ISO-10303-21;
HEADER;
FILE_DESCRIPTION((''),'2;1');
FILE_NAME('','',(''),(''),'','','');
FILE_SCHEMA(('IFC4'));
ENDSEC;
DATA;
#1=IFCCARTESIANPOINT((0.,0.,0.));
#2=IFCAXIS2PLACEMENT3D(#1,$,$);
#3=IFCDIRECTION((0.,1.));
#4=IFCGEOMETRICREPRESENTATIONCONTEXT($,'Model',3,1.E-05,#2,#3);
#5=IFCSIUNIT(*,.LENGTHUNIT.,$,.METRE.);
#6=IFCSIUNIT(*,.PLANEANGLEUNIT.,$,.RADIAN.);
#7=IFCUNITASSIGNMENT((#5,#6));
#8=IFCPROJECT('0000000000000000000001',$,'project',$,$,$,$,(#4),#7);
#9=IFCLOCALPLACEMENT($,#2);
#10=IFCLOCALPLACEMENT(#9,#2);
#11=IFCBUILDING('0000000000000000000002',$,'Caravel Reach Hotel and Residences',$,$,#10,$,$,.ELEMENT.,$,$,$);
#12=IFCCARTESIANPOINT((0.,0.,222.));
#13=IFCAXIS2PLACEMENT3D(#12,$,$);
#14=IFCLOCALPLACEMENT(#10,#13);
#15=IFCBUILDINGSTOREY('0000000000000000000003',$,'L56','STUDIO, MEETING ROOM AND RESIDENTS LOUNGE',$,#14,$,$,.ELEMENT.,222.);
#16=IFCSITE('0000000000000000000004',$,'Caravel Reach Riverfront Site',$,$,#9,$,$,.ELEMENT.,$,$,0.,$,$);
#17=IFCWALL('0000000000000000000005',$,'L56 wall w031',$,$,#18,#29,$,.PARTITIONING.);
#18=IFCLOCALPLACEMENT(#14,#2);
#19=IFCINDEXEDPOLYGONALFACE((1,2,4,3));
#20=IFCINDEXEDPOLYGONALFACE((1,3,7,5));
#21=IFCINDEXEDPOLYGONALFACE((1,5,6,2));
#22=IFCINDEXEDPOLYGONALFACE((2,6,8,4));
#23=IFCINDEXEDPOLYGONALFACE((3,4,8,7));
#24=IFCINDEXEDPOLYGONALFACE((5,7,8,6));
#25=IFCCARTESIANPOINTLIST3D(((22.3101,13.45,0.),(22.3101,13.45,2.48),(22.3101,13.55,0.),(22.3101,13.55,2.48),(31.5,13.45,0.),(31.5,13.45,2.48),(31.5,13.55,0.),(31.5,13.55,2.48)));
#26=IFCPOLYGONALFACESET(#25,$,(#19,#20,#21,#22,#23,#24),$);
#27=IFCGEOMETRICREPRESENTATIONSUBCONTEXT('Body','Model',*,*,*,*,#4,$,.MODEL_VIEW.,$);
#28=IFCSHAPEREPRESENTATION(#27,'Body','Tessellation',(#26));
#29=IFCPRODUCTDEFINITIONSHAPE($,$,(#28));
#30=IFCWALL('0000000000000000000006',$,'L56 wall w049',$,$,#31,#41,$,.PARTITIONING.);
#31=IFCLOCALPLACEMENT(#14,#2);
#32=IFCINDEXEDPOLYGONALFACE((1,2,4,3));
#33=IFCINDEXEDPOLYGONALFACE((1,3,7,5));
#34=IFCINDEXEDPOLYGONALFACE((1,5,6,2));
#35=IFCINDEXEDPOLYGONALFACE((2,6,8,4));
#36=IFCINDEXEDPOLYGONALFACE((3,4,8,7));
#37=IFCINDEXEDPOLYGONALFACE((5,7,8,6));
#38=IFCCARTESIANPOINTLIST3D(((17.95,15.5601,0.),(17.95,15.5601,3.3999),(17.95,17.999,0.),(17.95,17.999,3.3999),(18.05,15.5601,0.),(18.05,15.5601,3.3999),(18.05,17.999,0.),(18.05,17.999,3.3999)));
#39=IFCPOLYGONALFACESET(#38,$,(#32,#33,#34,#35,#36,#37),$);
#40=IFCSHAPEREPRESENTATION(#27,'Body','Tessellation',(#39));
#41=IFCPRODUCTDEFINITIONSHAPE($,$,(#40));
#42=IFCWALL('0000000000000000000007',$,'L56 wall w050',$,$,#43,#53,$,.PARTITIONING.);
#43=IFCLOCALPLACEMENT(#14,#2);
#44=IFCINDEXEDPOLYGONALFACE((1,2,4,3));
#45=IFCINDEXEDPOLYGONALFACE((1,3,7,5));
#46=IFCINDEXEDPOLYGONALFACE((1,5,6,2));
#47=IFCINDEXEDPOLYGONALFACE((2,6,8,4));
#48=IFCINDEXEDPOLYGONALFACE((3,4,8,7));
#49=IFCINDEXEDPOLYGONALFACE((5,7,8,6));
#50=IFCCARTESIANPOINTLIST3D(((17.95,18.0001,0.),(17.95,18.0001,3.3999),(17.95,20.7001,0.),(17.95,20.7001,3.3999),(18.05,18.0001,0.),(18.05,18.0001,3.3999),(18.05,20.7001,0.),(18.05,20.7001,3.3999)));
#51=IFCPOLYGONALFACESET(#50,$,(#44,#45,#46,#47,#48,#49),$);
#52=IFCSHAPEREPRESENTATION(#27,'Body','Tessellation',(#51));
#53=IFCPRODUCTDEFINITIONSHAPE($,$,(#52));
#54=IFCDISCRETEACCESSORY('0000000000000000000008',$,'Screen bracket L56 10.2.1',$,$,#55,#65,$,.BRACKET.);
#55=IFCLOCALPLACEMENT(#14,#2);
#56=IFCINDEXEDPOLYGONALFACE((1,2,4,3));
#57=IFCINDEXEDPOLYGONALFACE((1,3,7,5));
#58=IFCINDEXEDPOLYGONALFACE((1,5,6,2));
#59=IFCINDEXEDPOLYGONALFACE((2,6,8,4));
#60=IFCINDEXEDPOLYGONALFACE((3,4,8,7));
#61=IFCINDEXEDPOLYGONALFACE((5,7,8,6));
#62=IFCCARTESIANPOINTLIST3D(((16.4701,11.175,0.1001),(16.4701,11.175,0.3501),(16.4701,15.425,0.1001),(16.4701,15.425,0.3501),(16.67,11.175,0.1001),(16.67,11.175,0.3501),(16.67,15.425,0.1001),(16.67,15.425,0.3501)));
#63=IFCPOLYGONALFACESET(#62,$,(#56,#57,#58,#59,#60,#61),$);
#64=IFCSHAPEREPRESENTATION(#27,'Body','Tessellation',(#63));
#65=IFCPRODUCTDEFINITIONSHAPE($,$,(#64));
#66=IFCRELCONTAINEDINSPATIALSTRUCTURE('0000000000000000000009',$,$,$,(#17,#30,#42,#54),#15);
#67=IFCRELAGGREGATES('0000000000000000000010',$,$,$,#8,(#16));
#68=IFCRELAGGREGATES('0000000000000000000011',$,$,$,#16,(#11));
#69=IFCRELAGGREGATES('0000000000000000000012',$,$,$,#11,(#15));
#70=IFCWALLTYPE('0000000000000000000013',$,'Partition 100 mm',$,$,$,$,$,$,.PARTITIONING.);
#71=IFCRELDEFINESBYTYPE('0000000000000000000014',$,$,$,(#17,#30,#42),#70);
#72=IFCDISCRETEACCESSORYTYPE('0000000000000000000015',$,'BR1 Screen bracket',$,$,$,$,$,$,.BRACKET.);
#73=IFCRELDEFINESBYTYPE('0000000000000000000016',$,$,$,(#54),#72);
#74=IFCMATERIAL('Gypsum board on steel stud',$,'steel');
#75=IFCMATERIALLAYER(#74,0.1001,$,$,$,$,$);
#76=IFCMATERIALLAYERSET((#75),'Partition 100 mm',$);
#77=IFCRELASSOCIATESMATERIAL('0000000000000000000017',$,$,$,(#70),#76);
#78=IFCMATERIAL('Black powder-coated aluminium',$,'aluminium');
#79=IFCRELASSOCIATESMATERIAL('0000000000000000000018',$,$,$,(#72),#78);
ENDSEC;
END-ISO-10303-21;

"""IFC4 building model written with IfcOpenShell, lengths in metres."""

from ifc_helpers import new_model, si_unit, direction, frame, frame_2d, origin, origin_2d, place, context, subcontext, project, spatial, rectangle, extrude, material, layer, layer_set, type_object, element, save


model = new_model("IFC4")

# Units and contexts
model_context = context("Model", 3, precision=1e-05, world=origin(), true_north=direction((0.0, 1.0)))
body_context = subcontext(model_context, "Body", "Model", "MODEL_VIEW")
ifc_project = project(units=[si_unit("LENGTHUNIT", "METRE"), si_unit("PLANEANGLEUNIT", "RADIAN")], contexts=[model_context])

# Site, building, storey
site_placement = place(None, origin())
site = spatial("IfcSite", under=ifc_project, at=site_placement, Name="Caravel Reach Riverfront Site", CompositionType="ELEMENT", RefElevation=0.0)
building_placement = place(site_placement, origin())
building = spatial("IfcBuilding", under=site, at=building_placement, Name="Caravel Reach Hotel and Residences", CompositionType="ELEMENT")
storey_placement = place(building_placement, frame((0.0, 0.0, 222.0)))
storey = spatial("IfcBuildingStorey", under=building, at=storey_placement, Name="L56", Description="STUDIO, MEETING ROOM AND RESIDENTS LOUNGE", CompositionType="ELEMENT", Elevation=222.0)

# Walls
ifc_material_1 = material(Name="Gypsum board on steel stud", Category="steel")
ifc_layer_1 = layer(ifc_material_1, 0.1001)
ifc_layer_set_1 = layer_set([ifc_layer_1], Name="Partition 100 mm")
wall_type_1 = type_object("IfcWallType", Name="Partition 100 mm", PredefinedType="PARTITIONING", material=ifc_layer_set_1)
wall_1_placement = place(storey_placement, frame((22.3101, 13.5, 0.0), z_axis=(0.0, 0.0, 1.0), x_axis=(1.0, 0.0, 0.0)))
element("IfcWall", 1, at=wall_1_placement, inside=storey, type_object=wall_type_1, Name="L56 wall w031", PredefinedType="PARTITIONING", context=body_context, shape_type="SweptSolid", body=[
    extrude(rectangle(XDim=9.1899, YDim=0.1001, at=frame_2d((4.595, 0.0))), origin(), (0.0, 0.0, 1.0), 2.48),
])
wall_2_placement = place(storey_placement, frame((18.0, 15.5601, 0.0), z_axis=(0.0, 0.0, 1.0), x_axis=(0.0, 1.0, 0.0)))
element("IfcWall", 2, at=wall_2_placement, inside=storey, type_object=wall_type_1, Name="L56 wall w049", PredefinedType="PARTITIONING", context=body_context, shape_type="SweptSolid", body=[
    extrude(rectangle(XDim=2.439, YDim=0.1001, at=frame_2d((1.2195, 0.0))), origin(), (0.0, 0.0, 1.0), 3.3999),
])
wall_3_placement = place(storey_placement, frame((18.0, 18.0, 0.0), z_axis=(0.0, 0.0, 1.0), x_axis=(0.0, 1.0, 0.0)))
element("IfcWall", 3, at=wall_3_placement, inside=storey, type_object=wall_type_1, Name="L56 wall w050", PredefinedType="PARTITIONING", context=body_context, shape_type="SweptSolid", body=[
    extrude(rectangle(XDim=2.7, YDim=0.1001, at=frame_2d((1.3501, 0.0))), origin(), (0.0, 0.0, 1.0), 3.3999),
])

# Discrete accessory
ifc_material_2 = material(Name="Black powder-coated aluminium", Category="aluminium")
discrete_accessory_type = type_object("IfcDiscreteAccessoryType", Name="BR1 Screen bracket", PredefinedType="BRACKET", material=ifc_material_2)
discrete_accessory_placement = place(storey_placement, frame((16.5701, 13.3, 0.1001), z_axis=(0.0, 0.0, 1.0), x_axis=(0.0, -1.0, 0.0)))
element("IfcDiscreteAccessory", 4, at=discrete_accessory_placement, inside=storey, type_object=discrete_accessory_type, Name="Screen bracket L56 10.2.1", PredefinedType="BRACKET", context=body_context, shape_type="SweptSolid", body=[
    extrude(rectangle(XDim=4.25, YDim=0.2, at=origin_2d()), origin(), (0.0, 0.0, 1.0), 0.25),
])

save(model, "model.ifc")
